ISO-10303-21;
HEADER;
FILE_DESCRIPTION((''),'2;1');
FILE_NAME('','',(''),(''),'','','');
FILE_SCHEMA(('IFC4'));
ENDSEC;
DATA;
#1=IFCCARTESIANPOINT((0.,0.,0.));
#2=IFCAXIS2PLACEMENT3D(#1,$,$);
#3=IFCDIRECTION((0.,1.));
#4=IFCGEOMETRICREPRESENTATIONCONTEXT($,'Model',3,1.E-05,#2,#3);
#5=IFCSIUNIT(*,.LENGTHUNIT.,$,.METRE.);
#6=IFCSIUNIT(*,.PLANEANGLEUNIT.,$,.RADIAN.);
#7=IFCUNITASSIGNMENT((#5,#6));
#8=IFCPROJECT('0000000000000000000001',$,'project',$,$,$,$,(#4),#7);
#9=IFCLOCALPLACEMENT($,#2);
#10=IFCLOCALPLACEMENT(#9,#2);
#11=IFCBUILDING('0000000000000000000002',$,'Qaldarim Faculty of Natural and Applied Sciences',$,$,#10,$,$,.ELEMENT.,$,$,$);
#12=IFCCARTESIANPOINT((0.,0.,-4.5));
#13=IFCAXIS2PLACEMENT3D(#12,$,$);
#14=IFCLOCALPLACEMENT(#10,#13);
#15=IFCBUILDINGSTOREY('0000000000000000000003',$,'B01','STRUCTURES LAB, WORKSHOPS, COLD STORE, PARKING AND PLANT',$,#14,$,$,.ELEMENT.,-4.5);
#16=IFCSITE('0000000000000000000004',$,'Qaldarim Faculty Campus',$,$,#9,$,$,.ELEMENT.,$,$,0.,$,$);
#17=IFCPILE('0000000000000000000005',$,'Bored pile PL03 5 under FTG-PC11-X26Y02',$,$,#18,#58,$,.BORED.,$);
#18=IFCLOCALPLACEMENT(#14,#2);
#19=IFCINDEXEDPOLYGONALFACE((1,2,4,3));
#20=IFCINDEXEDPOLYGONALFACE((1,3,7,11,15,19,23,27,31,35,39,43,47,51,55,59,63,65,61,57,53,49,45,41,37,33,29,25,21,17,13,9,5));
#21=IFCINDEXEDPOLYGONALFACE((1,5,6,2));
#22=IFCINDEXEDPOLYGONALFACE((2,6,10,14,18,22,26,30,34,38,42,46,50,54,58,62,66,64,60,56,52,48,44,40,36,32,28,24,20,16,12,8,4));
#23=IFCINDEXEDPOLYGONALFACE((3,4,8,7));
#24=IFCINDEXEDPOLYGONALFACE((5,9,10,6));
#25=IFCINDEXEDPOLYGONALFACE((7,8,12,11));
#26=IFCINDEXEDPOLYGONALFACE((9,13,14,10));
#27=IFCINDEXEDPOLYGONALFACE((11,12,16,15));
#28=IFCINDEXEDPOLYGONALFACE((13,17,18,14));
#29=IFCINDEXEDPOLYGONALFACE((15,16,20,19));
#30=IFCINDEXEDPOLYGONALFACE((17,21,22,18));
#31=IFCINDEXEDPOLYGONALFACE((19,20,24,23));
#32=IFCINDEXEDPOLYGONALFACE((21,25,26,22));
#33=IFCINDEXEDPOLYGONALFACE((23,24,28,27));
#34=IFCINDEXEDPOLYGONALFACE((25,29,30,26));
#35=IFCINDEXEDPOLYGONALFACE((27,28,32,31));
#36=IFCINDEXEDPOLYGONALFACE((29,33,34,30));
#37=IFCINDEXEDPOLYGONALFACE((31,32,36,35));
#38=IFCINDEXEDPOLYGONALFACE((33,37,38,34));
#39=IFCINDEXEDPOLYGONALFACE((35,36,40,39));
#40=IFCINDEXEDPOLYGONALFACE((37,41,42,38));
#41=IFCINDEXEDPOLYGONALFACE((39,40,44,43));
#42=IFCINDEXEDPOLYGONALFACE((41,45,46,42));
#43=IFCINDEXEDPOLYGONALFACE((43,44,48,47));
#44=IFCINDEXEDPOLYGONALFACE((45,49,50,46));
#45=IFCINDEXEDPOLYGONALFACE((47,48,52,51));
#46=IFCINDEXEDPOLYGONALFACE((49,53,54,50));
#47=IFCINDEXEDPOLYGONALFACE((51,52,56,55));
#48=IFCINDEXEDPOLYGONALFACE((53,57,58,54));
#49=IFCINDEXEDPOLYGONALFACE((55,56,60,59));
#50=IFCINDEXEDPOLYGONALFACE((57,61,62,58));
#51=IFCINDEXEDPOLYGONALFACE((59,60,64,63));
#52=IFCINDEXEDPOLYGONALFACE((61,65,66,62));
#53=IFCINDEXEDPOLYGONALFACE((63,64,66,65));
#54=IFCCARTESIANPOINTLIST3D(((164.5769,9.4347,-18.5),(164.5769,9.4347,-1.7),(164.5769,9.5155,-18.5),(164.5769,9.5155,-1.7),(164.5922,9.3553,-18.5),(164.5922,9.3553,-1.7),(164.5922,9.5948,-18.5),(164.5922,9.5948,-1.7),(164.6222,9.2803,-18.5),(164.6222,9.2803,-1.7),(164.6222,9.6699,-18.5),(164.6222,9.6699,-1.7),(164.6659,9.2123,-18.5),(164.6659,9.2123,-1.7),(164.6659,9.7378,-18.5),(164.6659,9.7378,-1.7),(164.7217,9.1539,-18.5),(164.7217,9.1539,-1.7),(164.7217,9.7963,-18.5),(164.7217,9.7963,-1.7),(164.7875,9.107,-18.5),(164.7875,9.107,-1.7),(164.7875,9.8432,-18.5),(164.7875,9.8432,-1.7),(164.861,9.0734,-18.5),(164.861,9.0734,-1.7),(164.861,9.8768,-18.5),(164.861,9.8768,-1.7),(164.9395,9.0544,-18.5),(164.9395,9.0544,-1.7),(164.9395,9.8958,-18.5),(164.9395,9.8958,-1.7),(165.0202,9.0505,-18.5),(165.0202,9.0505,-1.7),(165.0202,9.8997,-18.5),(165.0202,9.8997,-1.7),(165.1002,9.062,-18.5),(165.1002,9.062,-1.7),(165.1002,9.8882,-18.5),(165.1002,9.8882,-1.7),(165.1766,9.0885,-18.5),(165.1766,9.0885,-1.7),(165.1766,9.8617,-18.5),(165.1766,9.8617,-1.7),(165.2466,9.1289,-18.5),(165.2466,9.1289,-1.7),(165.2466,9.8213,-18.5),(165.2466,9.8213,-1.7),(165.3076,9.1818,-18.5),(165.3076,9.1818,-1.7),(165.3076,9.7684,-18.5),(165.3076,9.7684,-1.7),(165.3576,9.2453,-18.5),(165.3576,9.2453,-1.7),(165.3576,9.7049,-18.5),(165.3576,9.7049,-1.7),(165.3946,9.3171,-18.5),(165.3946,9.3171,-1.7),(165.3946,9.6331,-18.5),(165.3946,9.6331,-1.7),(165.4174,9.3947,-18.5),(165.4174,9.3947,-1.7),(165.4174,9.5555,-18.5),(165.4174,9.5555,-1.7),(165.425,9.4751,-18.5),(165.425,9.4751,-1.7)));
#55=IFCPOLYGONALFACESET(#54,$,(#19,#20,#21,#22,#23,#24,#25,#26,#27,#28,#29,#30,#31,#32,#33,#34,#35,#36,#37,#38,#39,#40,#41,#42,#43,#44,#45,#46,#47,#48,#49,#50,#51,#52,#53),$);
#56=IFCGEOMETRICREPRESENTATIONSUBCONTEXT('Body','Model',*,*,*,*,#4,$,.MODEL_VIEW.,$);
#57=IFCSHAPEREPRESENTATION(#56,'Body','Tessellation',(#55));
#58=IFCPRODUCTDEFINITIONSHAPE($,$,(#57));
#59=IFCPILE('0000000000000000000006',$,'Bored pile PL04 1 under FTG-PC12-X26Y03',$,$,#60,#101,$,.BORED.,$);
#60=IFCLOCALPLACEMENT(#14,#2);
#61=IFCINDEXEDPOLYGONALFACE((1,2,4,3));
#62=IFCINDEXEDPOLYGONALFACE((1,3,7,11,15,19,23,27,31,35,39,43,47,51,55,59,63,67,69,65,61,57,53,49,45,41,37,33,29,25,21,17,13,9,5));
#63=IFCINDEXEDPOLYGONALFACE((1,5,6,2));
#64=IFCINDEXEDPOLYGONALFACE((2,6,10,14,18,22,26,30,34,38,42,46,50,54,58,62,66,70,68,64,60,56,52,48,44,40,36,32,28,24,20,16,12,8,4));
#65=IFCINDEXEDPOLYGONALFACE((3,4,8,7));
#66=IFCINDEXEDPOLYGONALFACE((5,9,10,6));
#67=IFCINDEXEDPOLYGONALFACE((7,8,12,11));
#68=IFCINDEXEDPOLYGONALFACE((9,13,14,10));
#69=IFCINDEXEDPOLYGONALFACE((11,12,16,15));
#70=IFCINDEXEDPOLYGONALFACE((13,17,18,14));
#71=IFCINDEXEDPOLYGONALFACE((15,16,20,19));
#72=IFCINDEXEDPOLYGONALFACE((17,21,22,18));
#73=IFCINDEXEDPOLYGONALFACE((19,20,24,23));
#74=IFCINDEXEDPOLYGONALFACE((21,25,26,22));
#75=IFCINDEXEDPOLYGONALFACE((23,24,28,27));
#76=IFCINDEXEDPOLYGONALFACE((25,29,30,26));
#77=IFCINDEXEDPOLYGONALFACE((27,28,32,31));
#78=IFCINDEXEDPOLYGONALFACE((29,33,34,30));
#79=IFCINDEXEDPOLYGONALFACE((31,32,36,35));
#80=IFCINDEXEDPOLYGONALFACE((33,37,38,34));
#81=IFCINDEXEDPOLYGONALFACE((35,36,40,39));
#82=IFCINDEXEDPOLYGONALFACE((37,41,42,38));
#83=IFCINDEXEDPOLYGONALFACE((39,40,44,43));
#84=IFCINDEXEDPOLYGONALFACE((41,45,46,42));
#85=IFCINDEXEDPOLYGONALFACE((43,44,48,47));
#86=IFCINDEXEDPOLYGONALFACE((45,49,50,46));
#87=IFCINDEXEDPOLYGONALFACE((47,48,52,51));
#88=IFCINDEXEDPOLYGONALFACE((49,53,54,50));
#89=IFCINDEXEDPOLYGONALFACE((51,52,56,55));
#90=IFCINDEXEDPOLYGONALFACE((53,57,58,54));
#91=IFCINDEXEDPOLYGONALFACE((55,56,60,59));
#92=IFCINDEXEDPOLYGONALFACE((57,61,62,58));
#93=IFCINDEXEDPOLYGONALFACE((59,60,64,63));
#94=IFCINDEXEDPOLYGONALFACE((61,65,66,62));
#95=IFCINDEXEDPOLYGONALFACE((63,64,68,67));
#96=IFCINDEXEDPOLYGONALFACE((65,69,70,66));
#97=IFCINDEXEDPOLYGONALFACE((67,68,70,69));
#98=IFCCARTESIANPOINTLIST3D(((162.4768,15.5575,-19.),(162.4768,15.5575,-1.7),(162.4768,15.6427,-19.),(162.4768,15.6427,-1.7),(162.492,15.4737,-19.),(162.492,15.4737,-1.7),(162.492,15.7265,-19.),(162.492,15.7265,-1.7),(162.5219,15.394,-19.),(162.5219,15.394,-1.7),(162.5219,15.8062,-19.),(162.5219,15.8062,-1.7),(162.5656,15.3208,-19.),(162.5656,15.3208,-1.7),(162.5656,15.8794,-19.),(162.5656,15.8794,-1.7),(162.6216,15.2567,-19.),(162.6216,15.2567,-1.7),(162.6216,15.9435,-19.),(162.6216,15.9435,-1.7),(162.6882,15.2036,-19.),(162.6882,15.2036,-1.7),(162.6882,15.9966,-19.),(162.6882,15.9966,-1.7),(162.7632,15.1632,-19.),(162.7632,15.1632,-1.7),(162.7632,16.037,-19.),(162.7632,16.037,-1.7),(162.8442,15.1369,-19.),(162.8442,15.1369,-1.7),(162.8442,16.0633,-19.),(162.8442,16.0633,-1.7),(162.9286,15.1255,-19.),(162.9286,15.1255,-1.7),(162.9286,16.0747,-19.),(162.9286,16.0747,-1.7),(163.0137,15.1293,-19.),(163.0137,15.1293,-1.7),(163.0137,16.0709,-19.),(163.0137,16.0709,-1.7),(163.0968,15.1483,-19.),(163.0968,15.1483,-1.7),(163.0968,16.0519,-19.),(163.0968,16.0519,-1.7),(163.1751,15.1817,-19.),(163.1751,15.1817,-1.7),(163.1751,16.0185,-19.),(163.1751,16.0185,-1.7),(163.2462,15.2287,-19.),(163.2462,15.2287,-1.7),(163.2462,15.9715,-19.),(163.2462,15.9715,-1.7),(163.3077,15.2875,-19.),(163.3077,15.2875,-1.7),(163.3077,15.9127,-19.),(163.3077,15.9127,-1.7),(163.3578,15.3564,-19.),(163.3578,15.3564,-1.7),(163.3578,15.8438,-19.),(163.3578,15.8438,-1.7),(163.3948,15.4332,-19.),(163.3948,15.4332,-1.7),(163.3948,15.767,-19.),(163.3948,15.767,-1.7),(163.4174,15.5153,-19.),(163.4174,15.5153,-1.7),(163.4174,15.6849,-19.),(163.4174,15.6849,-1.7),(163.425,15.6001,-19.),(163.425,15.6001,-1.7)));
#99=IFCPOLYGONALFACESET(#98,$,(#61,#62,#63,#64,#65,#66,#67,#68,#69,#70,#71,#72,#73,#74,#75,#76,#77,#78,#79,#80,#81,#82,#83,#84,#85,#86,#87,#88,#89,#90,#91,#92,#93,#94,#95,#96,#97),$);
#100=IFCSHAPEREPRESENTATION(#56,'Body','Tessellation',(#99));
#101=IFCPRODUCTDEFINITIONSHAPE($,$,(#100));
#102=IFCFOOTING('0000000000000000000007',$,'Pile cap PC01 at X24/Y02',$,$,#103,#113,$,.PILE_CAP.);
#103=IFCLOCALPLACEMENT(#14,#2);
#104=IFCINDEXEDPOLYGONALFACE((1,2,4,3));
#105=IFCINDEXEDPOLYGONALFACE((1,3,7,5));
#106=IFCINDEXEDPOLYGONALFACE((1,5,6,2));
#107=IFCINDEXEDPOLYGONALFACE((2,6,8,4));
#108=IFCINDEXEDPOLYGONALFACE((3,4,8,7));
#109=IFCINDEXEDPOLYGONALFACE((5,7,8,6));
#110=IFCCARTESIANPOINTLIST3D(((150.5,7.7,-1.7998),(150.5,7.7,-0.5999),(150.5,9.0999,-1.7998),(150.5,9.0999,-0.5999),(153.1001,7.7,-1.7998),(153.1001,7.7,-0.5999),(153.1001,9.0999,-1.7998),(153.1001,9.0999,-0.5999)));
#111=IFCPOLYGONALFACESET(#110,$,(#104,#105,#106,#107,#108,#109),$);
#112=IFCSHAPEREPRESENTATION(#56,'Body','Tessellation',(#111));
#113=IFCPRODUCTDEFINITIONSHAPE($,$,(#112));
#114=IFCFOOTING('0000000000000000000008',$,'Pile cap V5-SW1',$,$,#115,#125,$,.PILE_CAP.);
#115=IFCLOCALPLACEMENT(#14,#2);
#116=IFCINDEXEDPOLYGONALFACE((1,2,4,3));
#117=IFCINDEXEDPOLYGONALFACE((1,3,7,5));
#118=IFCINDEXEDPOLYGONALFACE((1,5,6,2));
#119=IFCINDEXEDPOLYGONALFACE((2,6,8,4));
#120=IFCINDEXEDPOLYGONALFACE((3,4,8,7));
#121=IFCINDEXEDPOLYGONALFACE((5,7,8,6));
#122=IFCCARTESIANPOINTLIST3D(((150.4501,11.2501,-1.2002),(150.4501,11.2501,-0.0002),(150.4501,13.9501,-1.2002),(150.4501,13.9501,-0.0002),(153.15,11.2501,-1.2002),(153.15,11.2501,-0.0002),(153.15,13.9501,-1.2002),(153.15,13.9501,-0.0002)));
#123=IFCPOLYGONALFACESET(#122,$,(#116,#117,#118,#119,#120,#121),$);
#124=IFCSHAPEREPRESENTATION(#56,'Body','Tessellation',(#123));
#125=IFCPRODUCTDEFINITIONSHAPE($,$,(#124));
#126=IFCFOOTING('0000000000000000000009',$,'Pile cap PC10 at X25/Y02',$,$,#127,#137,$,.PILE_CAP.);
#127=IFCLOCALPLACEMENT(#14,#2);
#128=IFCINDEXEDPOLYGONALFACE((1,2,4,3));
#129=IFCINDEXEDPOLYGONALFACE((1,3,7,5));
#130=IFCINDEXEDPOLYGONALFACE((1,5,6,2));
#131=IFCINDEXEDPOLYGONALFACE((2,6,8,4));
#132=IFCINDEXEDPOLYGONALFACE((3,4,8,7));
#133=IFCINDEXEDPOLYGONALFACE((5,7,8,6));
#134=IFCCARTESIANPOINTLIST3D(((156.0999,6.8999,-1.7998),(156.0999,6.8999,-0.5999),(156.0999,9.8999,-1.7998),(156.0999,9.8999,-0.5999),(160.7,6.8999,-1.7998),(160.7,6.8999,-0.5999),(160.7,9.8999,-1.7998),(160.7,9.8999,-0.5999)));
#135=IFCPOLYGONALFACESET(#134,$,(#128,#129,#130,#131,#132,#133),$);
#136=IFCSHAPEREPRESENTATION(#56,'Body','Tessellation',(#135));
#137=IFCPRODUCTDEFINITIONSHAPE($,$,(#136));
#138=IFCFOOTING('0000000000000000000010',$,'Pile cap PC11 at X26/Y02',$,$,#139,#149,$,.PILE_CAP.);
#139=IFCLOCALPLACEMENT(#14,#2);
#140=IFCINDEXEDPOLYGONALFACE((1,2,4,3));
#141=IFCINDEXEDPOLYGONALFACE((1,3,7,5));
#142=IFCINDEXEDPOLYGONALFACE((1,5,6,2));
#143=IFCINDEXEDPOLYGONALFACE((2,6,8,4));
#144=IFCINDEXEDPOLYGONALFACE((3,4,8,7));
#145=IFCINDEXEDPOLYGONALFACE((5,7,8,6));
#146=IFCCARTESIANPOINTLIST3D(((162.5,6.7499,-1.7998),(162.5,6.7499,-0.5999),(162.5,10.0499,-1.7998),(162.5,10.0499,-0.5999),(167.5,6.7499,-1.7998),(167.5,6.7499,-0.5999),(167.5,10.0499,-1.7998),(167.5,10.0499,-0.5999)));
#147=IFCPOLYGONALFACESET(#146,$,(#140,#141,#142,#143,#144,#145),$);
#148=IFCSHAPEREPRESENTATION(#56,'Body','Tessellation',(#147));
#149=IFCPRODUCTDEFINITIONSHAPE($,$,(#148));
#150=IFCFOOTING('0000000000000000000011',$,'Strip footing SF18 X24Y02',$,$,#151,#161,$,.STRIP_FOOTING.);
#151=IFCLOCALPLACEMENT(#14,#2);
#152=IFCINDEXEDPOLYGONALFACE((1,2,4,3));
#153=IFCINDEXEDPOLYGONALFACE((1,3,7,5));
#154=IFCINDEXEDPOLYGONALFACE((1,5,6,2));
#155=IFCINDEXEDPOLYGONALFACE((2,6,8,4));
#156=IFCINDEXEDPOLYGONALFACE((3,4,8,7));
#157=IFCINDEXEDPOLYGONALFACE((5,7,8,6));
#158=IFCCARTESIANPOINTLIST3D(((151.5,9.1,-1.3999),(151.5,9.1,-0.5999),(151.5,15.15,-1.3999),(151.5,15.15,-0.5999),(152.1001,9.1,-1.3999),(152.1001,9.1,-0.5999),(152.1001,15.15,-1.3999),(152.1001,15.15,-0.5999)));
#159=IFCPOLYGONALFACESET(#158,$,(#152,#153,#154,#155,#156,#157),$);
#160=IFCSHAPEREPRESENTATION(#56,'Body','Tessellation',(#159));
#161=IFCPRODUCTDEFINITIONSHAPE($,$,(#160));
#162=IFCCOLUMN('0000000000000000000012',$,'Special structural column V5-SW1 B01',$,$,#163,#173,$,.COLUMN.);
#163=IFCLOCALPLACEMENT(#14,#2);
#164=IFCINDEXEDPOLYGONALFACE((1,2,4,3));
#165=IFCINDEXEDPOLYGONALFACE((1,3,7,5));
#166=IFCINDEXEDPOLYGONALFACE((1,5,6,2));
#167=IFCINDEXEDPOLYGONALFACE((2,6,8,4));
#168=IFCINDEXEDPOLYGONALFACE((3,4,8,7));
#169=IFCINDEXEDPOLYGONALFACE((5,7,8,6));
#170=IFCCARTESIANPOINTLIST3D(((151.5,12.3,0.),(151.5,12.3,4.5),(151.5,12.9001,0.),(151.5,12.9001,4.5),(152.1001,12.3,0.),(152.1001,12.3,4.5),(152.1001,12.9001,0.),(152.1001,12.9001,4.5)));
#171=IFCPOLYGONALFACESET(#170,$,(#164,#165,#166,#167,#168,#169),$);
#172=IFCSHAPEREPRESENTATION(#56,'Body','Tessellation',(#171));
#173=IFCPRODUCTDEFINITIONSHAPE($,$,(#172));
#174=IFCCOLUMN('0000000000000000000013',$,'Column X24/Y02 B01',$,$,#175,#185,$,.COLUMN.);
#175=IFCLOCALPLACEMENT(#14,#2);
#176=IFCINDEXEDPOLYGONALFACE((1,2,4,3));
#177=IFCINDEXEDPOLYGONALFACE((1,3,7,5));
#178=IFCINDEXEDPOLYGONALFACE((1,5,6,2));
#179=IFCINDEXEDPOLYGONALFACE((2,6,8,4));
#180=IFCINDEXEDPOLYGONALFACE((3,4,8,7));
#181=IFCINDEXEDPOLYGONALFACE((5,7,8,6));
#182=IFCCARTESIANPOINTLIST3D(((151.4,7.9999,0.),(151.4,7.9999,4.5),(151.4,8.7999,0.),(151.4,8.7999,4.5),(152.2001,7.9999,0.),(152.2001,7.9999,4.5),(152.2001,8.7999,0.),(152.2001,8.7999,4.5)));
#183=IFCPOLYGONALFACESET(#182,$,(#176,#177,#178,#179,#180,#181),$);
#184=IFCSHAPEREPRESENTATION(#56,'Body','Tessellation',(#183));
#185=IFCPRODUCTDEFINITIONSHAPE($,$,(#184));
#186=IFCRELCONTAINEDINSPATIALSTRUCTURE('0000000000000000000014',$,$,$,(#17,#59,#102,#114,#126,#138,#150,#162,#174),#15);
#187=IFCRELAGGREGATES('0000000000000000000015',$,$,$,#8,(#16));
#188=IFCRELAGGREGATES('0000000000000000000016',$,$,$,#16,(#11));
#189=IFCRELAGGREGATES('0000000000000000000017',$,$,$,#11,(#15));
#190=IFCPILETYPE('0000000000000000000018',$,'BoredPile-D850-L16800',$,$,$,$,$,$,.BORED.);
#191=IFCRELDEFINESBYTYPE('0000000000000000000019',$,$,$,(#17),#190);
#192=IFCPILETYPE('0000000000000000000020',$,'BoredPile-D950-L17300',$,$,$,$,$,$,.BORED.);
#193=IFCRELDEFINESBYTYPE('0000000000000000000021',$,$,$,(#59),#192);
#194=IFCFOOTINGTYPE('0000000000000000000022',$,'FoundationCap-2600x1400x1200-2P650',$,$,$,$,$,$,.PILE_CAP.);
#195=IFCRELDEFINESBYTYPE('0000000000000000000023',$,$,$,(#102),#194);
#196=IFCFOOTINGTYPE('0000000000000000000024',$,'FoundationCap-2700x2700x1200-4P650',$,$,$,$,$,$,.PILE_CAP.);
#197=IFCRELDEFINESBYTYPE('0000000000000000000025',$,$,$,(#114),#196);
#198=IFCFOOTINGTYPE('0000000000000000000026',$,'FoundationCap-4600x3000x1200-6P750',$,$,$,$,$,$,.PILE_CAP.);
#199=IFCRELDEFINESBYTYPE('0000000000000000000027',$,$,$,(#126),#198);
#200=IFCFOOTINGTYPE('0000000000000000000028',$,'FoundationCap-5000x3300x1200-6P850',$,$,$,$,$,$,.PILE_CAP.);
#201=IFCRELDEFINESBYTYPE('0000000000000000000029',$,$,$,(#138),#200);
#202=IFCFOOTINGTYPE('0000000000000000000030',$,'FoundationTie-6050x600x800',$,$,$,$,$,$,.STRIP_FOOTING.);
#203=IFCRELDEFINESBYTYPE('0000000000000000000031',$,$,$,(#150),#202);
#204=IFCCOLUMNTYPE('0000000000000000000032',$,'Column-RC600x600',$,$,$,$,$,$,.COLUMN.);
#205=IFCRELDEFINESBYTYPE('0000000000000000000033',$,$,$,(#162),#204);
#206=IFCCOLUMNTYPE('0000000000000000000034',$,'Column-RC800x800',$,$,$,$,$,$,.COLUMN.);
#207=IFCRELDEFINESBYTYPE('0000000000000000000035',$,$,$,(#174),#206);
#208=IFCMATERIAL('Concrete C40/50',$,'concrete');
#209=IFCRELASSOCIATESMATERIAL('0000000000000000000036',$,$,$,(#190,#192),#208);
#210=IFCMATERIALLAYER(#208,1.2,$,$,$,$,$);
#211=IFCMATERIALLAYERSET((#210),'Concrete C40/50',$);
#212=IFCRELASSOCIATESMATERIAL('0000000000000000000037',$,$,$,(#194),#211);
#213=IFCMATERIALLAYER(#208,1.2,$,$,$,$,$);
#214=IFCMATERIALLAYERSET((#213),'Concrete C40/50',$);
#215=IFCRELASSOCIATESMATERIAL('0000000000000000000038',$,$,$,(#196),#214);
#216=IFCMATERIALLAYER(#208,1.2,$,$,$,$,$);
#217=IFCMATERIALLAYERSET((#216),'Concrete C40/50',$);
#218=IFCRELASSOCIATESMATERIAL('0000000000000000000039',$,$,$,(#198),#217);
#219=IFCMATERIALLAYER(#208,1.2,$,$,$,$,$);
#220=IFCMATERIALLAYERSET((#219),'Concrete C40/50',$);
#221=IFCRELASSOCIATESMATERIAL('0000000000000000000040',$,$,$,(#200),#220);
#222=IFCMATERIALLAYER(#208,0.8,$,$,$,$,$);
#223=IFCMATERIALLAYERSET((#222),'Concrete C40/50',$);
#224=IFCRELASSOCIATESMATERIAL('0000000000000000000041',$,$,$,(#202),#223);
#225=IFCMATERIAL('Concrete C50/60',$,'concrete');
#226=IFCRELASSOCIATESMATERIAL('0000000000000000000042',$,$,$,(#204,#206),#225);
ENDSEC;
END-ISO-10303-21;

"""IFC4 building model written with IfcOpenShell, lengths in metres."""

from ifc_helpers import new_model, si_unit, direction, frame, origin, origin_2d, place, context, subcontext, project, spatial, rectangle, circle, extrude, material, layer, layer_set, material_profile, profile_set, type_object, element, save


model = new_model("IFC4")

# Units and contexts
model_context = context("Model", 3, precision=1e-05, world=origin(), true_north=direction((0.0, 1.0)))
body_context = subcontext(model_context, "Body", "Model", "MODEL_VIEW")
ifc_project = project(units=[si_unit("LENGTHUNIT", "METRE"), si_unit("PLANEANGLEUNIT", "RADIAN")], contexts=[model_context])

# Site, building, storey
site_placement = place(None, origin())
site = spatial("IfcSite", under=ifc_project, at=site_placement, Name="Qaldarim Faculty Campus", CompositionType="ELEMENT", RefElevation=0.0)
building_placement = place(site_placement, origin())
building = spatial("IfcBuilding", under=site, at=building_placement, Name="Qaldarim Faculty of Natural and Applied Sciences", CompositionType="ELEMENT")
storey_placement = place(building_placement, frame((0.0, 0.0, -4.5)))
storey = spatial("IfcBuildingStorey", under=building, at=storey_placement, Name="B01", Description="STRUCTURES LAB, WORKSHOPS, COLD STORE, PARKING AND PLANT", CompositionType="ELEMENT", Elevation=-4.5)

# Piles
ifc_material_1 = material(Name="Concrete C40/50", Category="concrete")
ifc_material_profile_1 = material_profile(ifc_material_1, circle(Radius=0.425, at=origin_2d()), Name="PILE-D850")
ifc_profile_set_1 = profile_set([ifc_material_profile_1], Name="Concrete C40/50")
pile_type_1 = type_object("IfcPileType", Name="BoredPile-D850-L16800", PredefinedType="BORED", material=ifc_profile_set_1)
for number, where, z_axis, x_axis, name in (
    (1, (165.0, 9.4751, -1.7), (0.0, 0.0, -1.0), (1.0, 0.0, 0.0), "Bored pile PL03 5 under FTG-PC11-X26Y02"),
):
    element("IfcPile", number, at=place(storey_placement, frame(where, z_axis=z_axis, x_axis=x_axis)), inside=storey, type_object=pile_type_1, Name=name, PredefinedType="BORED", context=body_context, shape_type="SweptSolid", body=[
        extrude(circle(Radius=0.425, at=origin_2d()), origin(), (0.0, 0.0, 1.0), 16.8),
    ])
ifc_material_profile_2 = material_profile(ifc_material_1, circle(Radius=0.4751, at=origin_2d()), Name="PILE-D950")
ifc_profile_set_2 = profile_set([ifc_material_profile_2], Name="Concrete C40/50")
pile_type_2 = type_object("IfcPileType", Name="BoredPile-D950-L17300", PredefinedType="BORED", material=ifc_profile_set_2)
pile_placement = place(storey_placement, frame((162.95, 15.6001, -1.7), z_axis=(0.0, 0.0, -1.0), x_axis=(1.0, 0.0, 0.0)))
element("IfcPile", 2, at=pile_placement, inside=storey, type_object=pile_type_2, Name="Bored pile PL04 1 under FTG-PC12-X26Y03", PredefinedType="BORED", context=body_context, shape_type="SweptSolid", body=[
    extrude(circle(Radius=0.4751, at=origin_2d()), origin(), (0.0, 0.0, 1.0), 17.3),
])

# Footings
ifc_layer_1 = layer(ifc_material_1, 1.2)
ifc_layer_set_1 = layer_set([ifc_layer_1], Name="Concrete C40/50")
footing_type_1 = type_object("IfcFootingType", Name="FoundationCap-2600x1400x1200-2P650", PredefinedType="PILE_CAP", material=ifc_layer_set_1)
footing_1_placement = place(storey_placement, frame((151.8, 8.3999, -1.7998), z_axis=(0.0, 0.0, 1.0), x_axis=(1.0, 0.0, 0.0)))
element("IfcFooting", 3, at=footing_1_placement, inside=storey, type_object=footing_type_1, Name="Pile cap PC01 at X24/Y02", PredefinedType="PILE_CAP", context=body_context, shape_type="SweptSolid", body=[
    extrude(rectangle(XDim=2.6001, YDim=1.3999, at=origin_2d()), origin(), (0.0, 0.0, 1.0), 1.2),
])
ifc_layer_2 = layer(ifc_material_1, 1.2)
ifc_layer_set_2 = layer_set([ifc_layer_2], Name="Concrete C40/50")
footing_type_2 = type_object("IfcFootingType", Name="FoundationCap-2700x2700x1200-4P650", PredefinedType="PILE_CAP", material=ifc_layer_set_2)
footing_2_placement = place(storey_placement, frame((151.8, 12.6001, -1.2002), z_axis=(0.0, 0.0, 1.0), x_axis=(1.0, 0.0, 0.0)))
element("IfcFooting", 4, at=footing_2_placement, inside=storey, type_object=footing_type_2, Name="Pile cap V5-SW1", PredefinedType="PILE_CAP", context=body_context, shape_type="SweptSolid", body=[
    extrude(rectangle(XDim=2.7, YDim=2.7, at=origin_2d()), origin(), (0.0, 0.0, 1.0), 1.2),
])
ifc_layer_3 = layer(ifc_material_1, 1.2)
ifc_layer_set_3 = layer_set([ifc_layer_3], Name="Concrete C40/50")
footing_type_3 = type_object("IfcFootingType", Name="FoundationCap-4600x3000x1200-6P750", PredefinedType="PILE_CAP", material=ifc_layer_set_3)
footing_3_placement = place(storey_placement, frame((158.3999, 8.3999, -1.7998), z_axis=(0.0, 0.0, 1.0), x_axis=(1.0, 0.0, 0.0)))
element("IfcFooting", 5, at=footing_3_placement, inside=storey, type_object=footing_type_3, Name="Pile cap PC10 at X25/Y02", PredefinedType="PILE_CAP", context=body_context, shape_type="SweptSolid", body=[
    extrude(rectangle(XDim=4.6001, YDim=3.0, at=origin_2d()), origin(), (0.0, 0.0, 1.0), 1.2),
])
ifc_layer_4 = layer(ifc_material_1, 1.2)
ifc_layer_set_4 = layer_set([ifc_layer_4], Name="Concrete C40/50")
footing_type_4 = type_object("IfcFootingType", Name="FoundationCap-5000x3300x1200-6P850", PredefinedType="PILE_CAP", material=ifc_layer_set_4)
footing_4_placement = place(storey_placement, frame((165.0, 8.3999, -1.7998), z_axis=(0.0, 0.0, 1.0), x_axis=(1.0, 0.0, 0.0)))
element("IfcFooting", 6, at=footing_4_placement, inside=storey, type_object=footing_type_4, Name="Pile cap PC11 at X26/Y02", PredefinedType="PILE_CAP", context=body_context, shape_type="SweptSolid", body=[
    extrude(rectangle(XDim=5.0, YDim=3.3, at=origin_2d()), origin(), (0.0, 0.0, 1.0), 1.2),
])
ifc_layer_5 = layer(ifc_material_1, 0.8)
ifc_layer_set_5 = layer_set([ifc_layer_5], Name="Concrete C40/50")
footing_type_5 = type_object("IfcFootingType", Name="FoundationTie-6050x600x800", PredefinedType="STRIP_FOOTING", material=ifc_layer_set_5)
footing_5_placement = place(storey_placement, frame((151.8, 12.125, -1.3999), z_axis=(0.0, 0.0, 1.0), x_axis=(0.0, 1.0, 0.0)))
element("IfcFooting", 7, at=footing_5_placement, inside=storey, type_object=footing_type_5, Name="Strip footing SF18 X24Y02", PredefinedType="STRIP_FOOTING", context=body_context, shape_type="SweptSolid", body=[
    extrude(rectangle(XDim=6.05, YDim=0.6001, at=origin_2d()), origin(), (0.0, 0.0, 1.0), 0.8),
])

# Columns
ifc_material_2 = material(Name="Concrete C50/60", Category="concrete")
ifc_material_profile_3 = material_profile(ifc_material_2, rectangle(XDim=0.6001, YDim=0.6001, at=origin_2d()), Name="RC-C600x600")
ifc_profile_set_3 = profile_set([ifc_material_profile_3], Name="Concrete C50/60")
column_type_1 = type_object("IfcColumnType", Name="Column-RC600x600", PredefinedType="COLUMN", material=ifc_profile_set_3)
column_1_placement = place(storey_placement, frame((151.8, 12.6001, 0.0), z_axis=(0.0, 0.0, 1.0), x_axis=(1.0, 0.0, 0.0)))
element("IfcColumn", 8, at=column_1_placement, inside=storey, type_object=column_type_1, Name="Special structural column V5-SW1 B01", PredefinedType="COLUMN", context=body_context, shape_type="SweptSolid", body=[
    extrude(rectangle(XDim=0.6001, YDim=0.6001, at=origin_2d()), origin(), (0.0, 0.0, 1.0), 4.5),
])
ifc_material_profile_4 = material_profile(ifc_material_2, rectangle(XDim=0.8, YDim=0.8, at=origin_2d()), Name="RC-C800x800")
ifc_profile_set_4 = profile_set([ifc_material_profile_4], Name="Concrete C50/60")
column_type_2 = type_object("IfcColumnType", Name="Column-RC800x800", PredefinedType="COLUMN", material=ifc_profile_set_4)
column_2_placement = place(storey_placement, frame((151.8, 8.3999, 0.0), z_axis=(0.0, 0.0, 1.0), x_axis=(1.0, 0.0, 0.0)))
element("IfcColumn", 9, at=column_2_placement, inside=storey, type_object=column_type_2, Name="Column X24/Y02 B01", PredefinedType="COLUMN", context=body_context, shape_type="SweptSolid", body=[
    extrude(rectangle(XDim=0.8, YDim=0.8, at=origin_2d()), origin(), (0.0, 0.0, 1.0), 4.5),
])

save(model, "model.ifc")
